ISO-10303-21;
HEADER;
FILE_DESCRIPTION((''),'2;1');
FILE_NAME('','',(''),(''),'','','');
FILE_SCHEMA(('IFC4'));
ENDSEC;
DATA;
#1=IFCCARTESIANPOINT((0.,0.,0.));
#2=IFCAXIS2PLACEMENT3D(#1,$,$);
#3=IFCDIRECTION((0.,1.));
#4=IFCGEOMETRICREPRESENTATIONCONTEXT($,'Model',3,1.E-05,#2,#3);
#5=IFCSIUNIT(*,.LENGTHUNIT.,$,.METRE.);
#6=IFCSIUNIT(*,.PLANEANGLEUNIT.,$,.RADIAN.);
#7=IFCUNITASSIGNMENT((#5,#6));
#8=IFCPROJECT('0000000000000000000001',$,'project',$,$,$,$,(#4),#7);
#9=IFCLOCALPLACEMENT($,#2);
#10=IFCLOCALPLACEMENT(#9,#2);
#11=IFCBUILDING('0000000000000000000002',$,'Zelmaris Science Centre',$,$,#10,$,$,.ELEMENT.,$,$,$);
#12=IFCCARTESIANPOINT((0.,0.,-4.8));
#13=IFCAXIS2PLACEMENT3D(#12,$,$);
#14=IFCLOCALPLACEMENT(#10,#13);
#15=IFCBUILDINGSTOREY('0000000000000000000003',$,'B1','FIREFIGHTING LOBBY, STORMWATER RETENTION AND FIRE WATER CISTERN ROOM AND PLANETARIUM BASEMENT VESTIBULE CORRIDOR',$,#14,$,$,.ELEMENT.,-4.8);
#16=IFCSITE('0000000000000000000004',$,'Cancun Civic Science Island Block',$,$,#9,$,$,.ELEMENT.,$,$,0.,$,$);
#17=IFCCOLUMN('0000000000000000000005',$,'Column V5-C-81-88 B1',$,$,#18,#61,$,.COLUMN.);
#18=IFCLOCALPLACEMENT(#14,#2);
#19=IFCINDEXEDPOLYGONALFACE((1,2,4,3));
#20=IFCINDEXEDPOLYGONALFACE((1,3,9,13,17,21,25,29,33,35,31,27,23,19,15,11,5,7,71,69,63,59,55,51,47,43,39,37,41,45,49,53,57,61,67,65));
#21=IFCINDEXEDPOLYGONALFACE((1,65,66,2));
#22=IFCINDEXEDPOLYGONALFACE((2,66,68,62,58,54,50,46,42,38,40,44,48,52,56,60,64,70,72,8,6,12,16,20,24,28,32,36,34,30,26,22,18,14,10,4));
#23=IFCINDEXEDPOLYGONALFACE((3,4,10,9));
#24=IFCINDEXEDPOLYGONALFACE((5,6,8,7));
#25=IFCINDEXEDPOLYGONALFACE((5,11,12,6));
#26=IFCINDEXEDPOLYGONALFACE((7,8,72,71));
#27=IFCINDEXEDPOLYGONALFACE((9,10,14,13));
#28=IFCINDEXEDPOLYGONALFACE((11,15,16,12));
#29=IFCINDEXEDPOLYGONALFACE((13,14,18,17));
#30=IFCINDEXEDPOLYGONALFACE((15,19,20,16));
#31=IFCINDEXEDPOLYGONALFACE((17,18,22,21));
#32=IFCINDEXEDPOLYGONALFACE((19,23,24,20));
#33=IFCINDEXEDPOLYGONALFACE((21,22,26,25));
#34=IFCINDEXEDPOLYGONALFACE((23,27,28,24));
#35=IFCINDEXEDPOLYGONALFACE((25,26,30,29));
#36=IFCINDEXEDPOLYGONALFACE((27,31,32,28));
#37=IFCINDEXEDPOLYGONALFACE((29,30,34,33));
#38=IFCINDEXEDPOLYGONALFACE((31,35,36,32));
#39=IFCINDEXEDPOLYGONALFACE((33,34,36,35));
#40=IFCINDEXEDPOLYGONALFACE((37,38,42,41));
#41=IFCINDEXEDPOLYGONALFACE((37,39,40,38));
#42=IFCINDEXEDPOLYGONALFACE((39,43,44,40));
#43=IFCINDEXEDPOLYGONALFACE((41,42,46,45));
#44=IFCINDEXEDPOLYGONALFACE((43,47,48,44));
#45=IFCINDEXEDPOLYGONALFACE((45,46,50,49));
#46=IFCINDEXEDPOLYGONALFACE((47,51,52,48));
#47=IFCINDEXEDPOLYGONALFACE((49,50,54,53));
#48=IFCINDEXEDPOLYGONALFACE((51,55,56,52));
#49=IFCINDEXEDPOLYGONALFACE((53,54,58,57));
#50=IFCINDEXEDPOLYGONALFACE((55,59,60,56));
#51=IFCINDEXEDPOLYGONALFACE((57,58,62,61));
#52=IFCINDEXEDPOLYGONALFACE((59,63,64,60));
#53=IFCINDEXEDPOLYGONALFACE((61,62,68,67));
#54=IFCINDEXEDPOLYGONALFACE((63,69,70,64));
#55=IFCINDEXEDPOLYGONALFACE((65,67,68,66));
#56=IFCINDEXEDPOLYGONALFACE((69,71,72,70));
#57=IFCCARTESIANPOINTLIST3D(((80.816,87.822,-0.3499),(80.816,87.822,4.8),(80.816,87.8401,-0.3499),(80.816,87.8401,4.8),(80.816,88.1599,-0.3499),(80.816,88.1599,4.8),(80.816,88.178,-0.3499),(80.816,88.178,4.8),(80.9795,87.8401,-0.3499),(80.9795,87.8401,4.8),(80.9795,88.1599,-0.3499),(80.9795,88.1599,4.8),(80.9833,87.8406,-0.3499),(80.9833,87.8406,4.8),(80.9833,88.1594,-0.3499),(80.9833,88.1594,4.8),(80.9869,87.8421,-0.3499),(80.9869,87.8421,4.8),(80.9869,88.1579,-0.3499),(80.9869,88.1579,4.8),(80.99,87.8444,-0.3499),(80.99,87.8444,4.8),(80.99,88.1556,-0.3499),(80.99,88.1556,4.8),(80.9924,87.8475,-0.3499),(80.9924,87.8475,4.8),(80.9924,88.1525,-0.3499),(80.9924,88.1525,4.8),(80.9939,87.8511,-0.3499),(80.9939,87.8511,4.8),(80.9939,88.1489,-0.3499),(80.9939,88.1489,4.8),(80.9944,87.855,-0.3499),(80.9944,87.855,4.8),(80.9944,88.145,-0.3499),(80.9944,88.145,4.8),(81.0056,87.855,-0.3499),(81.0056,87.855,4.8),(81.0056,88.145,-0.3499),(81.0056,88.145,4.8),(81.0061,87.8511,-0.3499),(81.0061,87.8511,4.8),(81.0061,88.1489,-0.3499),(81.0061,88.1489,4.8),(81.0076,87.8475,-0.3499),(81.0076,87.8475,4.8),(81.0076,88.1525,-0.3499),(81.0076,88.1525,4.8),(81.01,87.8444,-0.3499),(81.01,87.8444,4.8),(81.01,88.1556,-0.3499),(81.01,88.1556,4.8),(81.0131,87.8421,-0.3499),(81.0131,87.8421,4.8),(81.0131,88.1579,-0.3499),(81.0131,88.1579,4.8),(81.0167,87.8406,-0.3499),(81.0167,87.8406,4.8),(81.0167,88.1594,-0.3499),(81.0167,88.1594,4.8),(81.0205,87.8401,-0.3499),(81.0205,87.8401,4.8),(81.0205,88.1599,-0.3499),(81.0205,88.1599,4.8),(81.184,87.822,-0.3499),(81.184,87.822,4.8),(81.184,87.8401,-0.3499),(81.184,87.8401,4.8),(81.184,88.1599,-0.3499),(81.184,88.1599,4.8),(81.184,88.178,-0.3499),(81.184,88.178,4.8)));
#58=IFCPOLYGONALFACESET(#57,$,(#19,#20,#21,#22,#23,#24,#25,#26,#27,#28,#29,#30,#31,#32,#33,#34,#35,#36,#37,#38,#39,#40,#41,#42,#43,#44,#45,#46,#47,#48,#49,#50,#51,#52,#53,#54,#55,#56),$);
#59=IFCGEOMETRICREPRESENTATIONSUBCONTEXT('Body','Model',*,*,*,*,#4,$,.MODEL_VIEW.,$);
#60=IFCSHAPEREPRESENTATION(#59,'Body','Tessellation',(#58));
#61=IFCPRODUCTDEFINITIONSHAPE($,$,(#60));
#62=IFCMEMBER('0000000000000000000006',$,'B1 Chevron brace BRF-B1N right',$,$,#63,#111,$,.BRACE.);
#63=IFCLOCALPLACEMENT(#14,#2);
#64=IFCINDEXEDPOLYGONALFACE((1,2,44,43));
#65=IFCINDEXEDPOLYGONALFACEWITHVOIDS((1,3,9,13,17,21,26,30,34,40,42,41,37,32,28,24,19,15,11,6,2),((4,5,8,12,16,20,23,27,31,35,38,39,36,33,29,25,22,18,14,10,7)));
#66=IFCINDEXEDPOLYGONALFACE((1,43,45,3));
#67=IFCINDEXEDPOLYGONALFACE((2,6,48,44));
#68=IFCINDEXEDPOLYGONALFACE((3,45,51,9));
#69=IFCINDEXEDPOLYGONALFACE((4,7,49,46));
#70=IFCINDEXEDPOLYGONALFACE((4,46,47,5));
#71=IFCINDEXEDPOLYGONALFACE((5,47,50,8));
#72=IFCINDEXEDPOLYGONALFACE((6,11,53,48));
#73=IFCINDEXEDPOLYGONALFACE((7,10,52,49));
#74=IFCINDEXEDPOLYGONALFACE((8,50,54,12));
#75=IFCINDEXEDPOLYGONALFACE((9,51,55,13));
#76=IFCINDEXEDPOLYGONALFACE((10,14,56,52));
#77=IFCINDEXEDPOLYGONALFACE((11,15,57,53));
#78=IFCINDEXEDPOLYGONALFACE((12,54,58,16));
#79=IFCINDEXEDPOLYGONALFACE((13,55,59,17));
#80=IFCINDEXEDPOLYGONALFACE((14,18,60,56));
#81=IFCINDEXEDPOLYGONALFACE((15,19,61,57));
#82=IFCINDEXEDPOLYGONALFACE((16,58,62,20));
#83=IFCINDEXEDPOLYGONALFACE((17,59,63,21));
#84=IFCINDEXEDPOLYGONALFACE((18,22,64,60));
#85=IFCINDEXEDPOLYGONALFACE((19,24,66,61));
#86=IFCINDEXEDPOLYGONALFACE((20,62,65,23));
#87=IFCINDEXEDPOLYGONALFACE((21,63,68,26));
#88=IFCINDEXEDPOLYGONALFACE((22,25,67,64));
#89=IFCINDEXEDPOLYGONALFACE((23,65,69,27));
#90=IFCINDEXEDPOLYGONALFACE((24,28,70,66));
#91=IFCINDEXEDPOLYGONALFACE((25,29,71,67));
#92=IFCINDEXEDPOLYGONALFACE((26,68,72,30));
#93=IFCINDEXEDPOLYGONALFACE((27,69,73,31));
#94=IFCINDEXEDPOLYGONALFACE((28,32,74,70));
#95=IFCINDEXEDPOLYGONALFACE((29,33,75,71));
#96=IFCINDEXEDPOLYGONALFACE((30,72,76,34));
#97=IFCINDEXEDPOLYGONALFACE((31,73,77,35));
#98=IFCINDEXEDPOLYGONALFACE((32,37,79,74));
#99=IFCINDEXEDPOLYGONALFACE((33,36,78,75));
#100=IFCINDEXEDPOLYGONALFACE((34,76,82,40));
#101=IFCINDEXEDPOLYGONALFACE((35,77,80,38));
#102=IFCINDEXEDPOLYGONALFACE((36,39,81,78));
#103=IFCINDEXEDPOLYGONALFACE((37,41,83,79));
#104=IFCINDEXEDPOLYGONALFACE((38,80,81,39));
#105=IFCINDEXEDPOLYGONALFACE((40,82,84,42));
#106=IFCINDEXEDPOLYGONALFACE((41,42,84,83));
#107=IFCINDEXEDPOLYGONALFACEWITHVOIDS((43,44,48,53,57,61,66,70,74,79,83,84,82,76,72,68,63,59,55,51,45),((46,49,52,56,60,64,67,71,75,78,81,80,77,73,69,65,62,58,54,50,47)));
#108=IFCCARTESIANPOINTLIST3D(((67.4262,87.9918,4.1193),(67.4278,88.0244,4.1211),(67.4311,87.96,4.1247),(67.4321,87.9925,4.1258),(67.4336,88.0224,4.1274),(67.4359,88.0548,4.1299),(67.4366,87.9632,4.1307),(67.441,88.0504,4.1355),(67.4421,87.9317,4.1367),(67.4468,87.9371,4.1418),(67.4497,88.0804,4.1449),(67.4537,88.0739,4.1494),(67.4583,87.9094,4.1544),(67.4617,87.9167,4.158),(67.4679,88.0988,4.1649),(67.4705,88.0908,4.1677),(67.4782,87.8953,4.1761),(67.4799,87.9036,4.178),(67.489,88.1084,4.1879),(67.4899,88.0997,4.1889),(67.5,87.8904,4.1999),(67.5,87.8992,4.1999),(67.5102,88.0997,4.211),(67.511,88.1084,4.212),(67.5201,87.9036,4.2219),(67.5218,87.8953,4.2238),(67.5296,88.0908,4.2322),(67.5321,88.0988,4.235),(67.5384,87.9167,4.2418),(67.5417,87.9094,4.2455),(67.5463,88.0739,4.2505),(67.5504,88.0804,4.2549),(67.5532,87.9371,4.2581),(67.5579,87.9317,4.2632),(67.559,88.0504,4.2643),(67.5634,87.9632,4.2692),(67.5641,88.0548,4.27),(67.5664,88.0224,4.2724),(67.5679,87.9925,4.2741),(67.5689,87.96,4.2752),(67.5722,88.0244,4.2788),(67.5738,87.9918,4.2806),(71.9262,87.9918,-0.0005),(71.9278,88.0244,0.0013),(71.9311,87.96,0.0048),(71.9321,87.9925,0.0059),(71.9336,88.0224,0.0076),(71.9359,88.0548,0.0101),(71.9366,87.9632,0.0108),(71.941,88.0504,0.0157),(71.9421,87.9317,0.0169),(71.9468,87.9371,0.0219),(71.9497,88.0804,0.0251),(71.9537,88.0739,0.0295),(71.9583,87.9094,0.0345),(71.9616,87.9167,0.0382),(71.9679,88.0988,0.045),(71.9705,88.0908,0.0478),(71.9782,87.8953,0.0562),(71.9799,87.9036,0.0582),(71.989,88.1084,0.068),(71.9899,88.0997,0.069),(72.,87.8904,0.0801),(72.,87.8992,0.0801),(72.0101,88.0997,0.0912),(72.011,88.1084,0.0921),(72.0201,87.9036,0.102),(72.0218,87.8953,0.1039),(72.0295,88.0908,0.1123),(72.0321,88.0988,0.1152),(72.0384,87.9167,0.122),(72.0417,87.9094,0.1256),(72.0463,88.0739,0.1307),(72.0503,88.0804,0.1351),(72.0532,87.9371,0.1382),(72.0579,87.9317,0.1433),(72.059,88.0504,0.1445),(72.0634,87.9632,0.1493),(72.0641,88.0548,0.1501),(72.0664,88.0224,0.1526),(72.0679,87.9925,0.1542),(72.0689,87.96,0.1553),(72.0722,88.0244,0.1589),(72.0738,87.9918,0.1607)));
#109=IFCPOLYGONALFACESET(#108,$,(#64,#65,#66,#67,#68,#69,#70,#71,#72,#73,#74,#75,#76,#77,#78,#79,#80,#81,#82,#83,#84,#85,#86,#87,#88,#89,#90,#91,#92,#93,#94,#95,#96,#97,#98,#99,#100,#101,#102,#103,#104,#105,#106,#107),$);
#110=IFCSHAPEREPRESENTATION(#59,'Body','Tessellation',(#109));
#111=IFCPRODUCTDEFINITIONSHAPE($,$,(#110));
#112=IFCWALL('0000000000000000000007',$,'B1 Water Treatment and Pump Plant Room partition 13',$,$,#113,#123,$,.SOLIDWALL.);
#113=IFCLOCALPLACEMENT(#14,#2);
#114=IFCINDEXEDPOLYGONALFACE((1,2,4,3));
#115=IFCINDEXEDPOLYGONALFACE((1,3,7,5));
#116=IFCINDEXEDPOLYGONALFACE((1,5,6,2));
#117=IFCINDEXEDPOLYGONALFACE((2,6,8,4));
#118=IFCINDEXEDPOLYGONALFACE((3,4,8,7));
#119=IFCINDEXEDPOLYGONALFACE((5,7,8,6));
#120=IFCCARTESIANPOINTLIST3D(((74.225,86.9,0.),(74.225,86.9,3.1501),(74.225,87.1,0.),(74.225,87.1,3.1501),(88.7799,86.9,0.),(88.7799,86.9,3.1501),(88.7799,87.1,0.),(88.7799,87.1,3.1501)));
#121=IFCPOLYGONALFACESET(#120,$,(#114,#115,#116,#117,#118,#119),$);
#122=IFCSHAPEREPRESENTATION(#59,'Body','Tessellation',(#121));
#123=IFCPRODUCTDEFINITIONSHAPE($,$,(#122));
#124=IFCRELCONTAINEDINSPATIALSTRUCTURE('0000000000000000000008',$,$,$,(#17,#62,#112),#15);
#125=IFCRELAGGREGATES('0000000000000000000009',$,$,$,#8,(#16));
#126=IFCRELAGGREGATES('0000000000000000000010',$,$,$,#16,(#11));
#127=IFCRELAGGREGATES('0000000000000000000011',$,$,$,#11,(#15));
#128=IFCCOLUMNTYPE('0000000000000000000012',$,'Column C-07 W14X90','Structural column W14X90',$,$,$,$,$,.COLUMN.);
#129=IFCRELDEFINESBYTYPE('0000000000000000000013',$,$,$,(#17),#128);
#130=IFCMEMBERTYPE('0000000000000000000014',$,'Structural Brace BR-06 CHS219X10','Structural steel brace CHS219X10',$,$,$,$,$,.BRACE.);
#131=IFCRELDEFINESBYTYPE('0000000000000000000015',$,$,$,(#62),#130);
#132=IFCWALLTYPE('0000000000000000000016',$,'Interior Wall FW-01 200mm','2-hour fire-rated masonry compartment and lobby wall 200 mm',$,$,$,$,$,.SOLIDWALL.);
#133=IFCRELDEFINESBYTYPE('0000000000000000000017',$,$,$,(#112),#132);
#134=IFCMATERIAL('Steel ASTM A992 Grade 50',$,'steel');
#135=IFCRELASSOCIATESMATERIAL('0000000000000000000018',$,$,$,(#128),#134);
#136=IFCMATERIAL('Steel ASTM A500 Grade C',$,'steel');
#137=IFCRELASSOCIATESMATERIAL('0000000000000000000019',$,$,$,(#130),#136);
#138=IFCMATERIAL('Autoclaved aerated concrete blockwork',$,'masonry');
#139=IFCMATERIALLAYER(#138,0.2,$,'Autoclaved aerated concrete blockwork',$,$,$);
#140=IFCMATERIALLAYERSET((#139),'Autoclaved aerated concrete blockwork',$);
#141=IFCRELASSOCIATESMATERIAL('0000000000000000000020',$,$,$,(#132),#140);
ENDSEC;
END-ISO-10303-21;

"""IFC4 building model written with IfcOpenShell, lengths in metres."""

from ifc_helpers import new_model, si_unit, direction, frame, frame_2d, origin, origin_2d, place, context, subcontext, project, spatial, rectangle, hollow_circle, i_section, extrude, material, layer, layer_set, material_profile, profile_set, type_object, element, save


model = new_model("IFC4")

# Units and contexts
model_context = context("Model", 3, precision=1e-05, world=origin(), true_north=direction((0.0, 1.0)))
body_context = subcontext(model_context, "Body", "Model", "MODEL_VIEW")
ifc_project = project(units=[si_unit("LENGTHUNIT", "METRE"), si_unit("PLANEANGLEUNIT", "RADIAN")], contexts=[model_context])

# Site, building, storey
site_placement = place(None, origin())
site = spatial("IfcSite", under=ifc_project, at=site_placement, Name="Cancun Civic Science Island Block", CompositionType="ELEMENT", RefElevation=0.0)
building_placement = place(site_placement, origin())
building = spatial("IfcBuilding", under=site, at=building_placement, Name="Zelmaris Science Centre", CompositionType="ELEMENT")
storey_placement = place(building_placement, frame((0.0, 0.0, -4.8)))
storey = spatial("IfcBuildingStorey", under=building, at=storey_placement, Name="B1", Description="FIREFIGHTING LOBBY, STORMWATER RETENTION AND FIRE WATER CISTERN ROOM AND PLANETARIUM BASEMENT VESTIBULE CORRIDOR", CompositionType="ELEMENT", Elevation=-4.8)

# Column
ifc_material_1 = material(Name="Steel ASTM A992 Grade 50", Category="steel")
ifc_material_profile_1 = material_profile(ifc_material_1, i_section(OverallWidth=0.3679, OverallDepth=0.356, WebThickness=0.0112, FlangeThickness=0.0181, FilletRadius=0.0149, at=origin_2d()), Name="W14X90")
ifc_profile_set_1 = profile_set([ifc_material_profile_1], Name="Steel ASTM A992 Grade 50")
column_type = type_object("IfcColumnType", Name="Column C-07 W14X90", Description="Structural column W14X90", PredefinedType="COLUMN", material=ifc_profile_set_1)
for number, where, z_axis, x_axis, name in (
    (1, (81.0, 88.0, -0.3499), (0.0, 0.0, 1.0), (1.0, 0.0, 0.0), "Column V5-C-81-88 B1"),
):
    element("IfcColumn", number, at=place(storey_placement, frame(where, z_axis=z_axis, x_axis=x_axis)), inside=storey, type_object=column_type, Name=name, PredefinedType="COLUMN", context=body_context, shape_type="SweptSolid", body=[
        extrude(i_section(OverallWidth=0.3679, OverallDepth=0.356, WebThickness=0.0112, FlangeThickness=0.0181, FilletRadius=0.0149, at=origin_2d()), origin(), (0.0, 0.0, 1.0), 5.1499),
    ])

# Member
ifc_material_2 = material(Name="Steel ASTM A500 Grade C", Category="steel")
ifc_material_profile_2 = material_profile(ifc_material_2, hollow_circle(Radius=0.1096, WallThickness=0.0088, at=origin_2d()), Name="CHS219X10")
ifc_profile_set_2 = profile_set([ifc_material_profile_2], Name="Steel ASTM A500 Grade C")
member_type = type_object("IfcMemberType", Name="Structural Brace BR-06 CHS219X10", Description="Structural steel brace CHS219X10", PredefinedType="BRACE", material=ifc_profile_set_2)
member_placement = place(storey_placement, frame((72.0, 88.0, 0.0801), z_axis=(-0.737573, 0.0, 0.675268), x_axis=(0.0, -1.0, 0.0)))
element("IfcMember", 2, at=member_placement, inside=storey, type_object=member_type, Name="B1 Chevron brace BRF-B1N right", PredefinedType="BRACE", context=body_context, shape_type="SweptSolid", body=[
    extrude(hollow_circle(Radius=0.1096, WallThickness=0.0088, at=origin_2d()), origin(), (0.0, 0.0, 1.0), 6.1011),
])

# Wall
ifc_material_3 = material(Name="Autoclaved aerated concrete blockwork", Category="masonry")
ifc_layer = layer(ifc_material_3, 0.2, Name="Autoclaved aerated concrete blockwork")
ifc_layer_set = layer_set([ifc_layer], Name="Autoclaved aerated concrete blockwork")
wall_type = type_object("IfcWallType", Name="Interior Wall FW-01 200mm", Description="2-hour fire-rated masonry compartment and lobby wall 200 mm", PredefinedType="SOLIDWALL", material=ifc_layer_set)
wall_placement = place(storey_placement, frame((74.2251, 87.0, 0.0), z_axis=(0.0, 0.0, 1.0), x_axis=(1.0, 0.0, 0.0)))
element("IfcWall", 3, at=wall_placement, inside=storey, type_object=wall_type, Name="B1 Water Treatment and Pump Plant Room partition 13", PredefinedType="SOLIDWALL", context=body_context, shape_type="SweptSolid", body=[
    extrude(rectangle(XDim=14.5549, YDim=0.2, at=frame_2d((7.2773, 0.0))), origin(), (0.0, 0.0, 1.0), 3.1501),
])

save(model, "model.ifc")
